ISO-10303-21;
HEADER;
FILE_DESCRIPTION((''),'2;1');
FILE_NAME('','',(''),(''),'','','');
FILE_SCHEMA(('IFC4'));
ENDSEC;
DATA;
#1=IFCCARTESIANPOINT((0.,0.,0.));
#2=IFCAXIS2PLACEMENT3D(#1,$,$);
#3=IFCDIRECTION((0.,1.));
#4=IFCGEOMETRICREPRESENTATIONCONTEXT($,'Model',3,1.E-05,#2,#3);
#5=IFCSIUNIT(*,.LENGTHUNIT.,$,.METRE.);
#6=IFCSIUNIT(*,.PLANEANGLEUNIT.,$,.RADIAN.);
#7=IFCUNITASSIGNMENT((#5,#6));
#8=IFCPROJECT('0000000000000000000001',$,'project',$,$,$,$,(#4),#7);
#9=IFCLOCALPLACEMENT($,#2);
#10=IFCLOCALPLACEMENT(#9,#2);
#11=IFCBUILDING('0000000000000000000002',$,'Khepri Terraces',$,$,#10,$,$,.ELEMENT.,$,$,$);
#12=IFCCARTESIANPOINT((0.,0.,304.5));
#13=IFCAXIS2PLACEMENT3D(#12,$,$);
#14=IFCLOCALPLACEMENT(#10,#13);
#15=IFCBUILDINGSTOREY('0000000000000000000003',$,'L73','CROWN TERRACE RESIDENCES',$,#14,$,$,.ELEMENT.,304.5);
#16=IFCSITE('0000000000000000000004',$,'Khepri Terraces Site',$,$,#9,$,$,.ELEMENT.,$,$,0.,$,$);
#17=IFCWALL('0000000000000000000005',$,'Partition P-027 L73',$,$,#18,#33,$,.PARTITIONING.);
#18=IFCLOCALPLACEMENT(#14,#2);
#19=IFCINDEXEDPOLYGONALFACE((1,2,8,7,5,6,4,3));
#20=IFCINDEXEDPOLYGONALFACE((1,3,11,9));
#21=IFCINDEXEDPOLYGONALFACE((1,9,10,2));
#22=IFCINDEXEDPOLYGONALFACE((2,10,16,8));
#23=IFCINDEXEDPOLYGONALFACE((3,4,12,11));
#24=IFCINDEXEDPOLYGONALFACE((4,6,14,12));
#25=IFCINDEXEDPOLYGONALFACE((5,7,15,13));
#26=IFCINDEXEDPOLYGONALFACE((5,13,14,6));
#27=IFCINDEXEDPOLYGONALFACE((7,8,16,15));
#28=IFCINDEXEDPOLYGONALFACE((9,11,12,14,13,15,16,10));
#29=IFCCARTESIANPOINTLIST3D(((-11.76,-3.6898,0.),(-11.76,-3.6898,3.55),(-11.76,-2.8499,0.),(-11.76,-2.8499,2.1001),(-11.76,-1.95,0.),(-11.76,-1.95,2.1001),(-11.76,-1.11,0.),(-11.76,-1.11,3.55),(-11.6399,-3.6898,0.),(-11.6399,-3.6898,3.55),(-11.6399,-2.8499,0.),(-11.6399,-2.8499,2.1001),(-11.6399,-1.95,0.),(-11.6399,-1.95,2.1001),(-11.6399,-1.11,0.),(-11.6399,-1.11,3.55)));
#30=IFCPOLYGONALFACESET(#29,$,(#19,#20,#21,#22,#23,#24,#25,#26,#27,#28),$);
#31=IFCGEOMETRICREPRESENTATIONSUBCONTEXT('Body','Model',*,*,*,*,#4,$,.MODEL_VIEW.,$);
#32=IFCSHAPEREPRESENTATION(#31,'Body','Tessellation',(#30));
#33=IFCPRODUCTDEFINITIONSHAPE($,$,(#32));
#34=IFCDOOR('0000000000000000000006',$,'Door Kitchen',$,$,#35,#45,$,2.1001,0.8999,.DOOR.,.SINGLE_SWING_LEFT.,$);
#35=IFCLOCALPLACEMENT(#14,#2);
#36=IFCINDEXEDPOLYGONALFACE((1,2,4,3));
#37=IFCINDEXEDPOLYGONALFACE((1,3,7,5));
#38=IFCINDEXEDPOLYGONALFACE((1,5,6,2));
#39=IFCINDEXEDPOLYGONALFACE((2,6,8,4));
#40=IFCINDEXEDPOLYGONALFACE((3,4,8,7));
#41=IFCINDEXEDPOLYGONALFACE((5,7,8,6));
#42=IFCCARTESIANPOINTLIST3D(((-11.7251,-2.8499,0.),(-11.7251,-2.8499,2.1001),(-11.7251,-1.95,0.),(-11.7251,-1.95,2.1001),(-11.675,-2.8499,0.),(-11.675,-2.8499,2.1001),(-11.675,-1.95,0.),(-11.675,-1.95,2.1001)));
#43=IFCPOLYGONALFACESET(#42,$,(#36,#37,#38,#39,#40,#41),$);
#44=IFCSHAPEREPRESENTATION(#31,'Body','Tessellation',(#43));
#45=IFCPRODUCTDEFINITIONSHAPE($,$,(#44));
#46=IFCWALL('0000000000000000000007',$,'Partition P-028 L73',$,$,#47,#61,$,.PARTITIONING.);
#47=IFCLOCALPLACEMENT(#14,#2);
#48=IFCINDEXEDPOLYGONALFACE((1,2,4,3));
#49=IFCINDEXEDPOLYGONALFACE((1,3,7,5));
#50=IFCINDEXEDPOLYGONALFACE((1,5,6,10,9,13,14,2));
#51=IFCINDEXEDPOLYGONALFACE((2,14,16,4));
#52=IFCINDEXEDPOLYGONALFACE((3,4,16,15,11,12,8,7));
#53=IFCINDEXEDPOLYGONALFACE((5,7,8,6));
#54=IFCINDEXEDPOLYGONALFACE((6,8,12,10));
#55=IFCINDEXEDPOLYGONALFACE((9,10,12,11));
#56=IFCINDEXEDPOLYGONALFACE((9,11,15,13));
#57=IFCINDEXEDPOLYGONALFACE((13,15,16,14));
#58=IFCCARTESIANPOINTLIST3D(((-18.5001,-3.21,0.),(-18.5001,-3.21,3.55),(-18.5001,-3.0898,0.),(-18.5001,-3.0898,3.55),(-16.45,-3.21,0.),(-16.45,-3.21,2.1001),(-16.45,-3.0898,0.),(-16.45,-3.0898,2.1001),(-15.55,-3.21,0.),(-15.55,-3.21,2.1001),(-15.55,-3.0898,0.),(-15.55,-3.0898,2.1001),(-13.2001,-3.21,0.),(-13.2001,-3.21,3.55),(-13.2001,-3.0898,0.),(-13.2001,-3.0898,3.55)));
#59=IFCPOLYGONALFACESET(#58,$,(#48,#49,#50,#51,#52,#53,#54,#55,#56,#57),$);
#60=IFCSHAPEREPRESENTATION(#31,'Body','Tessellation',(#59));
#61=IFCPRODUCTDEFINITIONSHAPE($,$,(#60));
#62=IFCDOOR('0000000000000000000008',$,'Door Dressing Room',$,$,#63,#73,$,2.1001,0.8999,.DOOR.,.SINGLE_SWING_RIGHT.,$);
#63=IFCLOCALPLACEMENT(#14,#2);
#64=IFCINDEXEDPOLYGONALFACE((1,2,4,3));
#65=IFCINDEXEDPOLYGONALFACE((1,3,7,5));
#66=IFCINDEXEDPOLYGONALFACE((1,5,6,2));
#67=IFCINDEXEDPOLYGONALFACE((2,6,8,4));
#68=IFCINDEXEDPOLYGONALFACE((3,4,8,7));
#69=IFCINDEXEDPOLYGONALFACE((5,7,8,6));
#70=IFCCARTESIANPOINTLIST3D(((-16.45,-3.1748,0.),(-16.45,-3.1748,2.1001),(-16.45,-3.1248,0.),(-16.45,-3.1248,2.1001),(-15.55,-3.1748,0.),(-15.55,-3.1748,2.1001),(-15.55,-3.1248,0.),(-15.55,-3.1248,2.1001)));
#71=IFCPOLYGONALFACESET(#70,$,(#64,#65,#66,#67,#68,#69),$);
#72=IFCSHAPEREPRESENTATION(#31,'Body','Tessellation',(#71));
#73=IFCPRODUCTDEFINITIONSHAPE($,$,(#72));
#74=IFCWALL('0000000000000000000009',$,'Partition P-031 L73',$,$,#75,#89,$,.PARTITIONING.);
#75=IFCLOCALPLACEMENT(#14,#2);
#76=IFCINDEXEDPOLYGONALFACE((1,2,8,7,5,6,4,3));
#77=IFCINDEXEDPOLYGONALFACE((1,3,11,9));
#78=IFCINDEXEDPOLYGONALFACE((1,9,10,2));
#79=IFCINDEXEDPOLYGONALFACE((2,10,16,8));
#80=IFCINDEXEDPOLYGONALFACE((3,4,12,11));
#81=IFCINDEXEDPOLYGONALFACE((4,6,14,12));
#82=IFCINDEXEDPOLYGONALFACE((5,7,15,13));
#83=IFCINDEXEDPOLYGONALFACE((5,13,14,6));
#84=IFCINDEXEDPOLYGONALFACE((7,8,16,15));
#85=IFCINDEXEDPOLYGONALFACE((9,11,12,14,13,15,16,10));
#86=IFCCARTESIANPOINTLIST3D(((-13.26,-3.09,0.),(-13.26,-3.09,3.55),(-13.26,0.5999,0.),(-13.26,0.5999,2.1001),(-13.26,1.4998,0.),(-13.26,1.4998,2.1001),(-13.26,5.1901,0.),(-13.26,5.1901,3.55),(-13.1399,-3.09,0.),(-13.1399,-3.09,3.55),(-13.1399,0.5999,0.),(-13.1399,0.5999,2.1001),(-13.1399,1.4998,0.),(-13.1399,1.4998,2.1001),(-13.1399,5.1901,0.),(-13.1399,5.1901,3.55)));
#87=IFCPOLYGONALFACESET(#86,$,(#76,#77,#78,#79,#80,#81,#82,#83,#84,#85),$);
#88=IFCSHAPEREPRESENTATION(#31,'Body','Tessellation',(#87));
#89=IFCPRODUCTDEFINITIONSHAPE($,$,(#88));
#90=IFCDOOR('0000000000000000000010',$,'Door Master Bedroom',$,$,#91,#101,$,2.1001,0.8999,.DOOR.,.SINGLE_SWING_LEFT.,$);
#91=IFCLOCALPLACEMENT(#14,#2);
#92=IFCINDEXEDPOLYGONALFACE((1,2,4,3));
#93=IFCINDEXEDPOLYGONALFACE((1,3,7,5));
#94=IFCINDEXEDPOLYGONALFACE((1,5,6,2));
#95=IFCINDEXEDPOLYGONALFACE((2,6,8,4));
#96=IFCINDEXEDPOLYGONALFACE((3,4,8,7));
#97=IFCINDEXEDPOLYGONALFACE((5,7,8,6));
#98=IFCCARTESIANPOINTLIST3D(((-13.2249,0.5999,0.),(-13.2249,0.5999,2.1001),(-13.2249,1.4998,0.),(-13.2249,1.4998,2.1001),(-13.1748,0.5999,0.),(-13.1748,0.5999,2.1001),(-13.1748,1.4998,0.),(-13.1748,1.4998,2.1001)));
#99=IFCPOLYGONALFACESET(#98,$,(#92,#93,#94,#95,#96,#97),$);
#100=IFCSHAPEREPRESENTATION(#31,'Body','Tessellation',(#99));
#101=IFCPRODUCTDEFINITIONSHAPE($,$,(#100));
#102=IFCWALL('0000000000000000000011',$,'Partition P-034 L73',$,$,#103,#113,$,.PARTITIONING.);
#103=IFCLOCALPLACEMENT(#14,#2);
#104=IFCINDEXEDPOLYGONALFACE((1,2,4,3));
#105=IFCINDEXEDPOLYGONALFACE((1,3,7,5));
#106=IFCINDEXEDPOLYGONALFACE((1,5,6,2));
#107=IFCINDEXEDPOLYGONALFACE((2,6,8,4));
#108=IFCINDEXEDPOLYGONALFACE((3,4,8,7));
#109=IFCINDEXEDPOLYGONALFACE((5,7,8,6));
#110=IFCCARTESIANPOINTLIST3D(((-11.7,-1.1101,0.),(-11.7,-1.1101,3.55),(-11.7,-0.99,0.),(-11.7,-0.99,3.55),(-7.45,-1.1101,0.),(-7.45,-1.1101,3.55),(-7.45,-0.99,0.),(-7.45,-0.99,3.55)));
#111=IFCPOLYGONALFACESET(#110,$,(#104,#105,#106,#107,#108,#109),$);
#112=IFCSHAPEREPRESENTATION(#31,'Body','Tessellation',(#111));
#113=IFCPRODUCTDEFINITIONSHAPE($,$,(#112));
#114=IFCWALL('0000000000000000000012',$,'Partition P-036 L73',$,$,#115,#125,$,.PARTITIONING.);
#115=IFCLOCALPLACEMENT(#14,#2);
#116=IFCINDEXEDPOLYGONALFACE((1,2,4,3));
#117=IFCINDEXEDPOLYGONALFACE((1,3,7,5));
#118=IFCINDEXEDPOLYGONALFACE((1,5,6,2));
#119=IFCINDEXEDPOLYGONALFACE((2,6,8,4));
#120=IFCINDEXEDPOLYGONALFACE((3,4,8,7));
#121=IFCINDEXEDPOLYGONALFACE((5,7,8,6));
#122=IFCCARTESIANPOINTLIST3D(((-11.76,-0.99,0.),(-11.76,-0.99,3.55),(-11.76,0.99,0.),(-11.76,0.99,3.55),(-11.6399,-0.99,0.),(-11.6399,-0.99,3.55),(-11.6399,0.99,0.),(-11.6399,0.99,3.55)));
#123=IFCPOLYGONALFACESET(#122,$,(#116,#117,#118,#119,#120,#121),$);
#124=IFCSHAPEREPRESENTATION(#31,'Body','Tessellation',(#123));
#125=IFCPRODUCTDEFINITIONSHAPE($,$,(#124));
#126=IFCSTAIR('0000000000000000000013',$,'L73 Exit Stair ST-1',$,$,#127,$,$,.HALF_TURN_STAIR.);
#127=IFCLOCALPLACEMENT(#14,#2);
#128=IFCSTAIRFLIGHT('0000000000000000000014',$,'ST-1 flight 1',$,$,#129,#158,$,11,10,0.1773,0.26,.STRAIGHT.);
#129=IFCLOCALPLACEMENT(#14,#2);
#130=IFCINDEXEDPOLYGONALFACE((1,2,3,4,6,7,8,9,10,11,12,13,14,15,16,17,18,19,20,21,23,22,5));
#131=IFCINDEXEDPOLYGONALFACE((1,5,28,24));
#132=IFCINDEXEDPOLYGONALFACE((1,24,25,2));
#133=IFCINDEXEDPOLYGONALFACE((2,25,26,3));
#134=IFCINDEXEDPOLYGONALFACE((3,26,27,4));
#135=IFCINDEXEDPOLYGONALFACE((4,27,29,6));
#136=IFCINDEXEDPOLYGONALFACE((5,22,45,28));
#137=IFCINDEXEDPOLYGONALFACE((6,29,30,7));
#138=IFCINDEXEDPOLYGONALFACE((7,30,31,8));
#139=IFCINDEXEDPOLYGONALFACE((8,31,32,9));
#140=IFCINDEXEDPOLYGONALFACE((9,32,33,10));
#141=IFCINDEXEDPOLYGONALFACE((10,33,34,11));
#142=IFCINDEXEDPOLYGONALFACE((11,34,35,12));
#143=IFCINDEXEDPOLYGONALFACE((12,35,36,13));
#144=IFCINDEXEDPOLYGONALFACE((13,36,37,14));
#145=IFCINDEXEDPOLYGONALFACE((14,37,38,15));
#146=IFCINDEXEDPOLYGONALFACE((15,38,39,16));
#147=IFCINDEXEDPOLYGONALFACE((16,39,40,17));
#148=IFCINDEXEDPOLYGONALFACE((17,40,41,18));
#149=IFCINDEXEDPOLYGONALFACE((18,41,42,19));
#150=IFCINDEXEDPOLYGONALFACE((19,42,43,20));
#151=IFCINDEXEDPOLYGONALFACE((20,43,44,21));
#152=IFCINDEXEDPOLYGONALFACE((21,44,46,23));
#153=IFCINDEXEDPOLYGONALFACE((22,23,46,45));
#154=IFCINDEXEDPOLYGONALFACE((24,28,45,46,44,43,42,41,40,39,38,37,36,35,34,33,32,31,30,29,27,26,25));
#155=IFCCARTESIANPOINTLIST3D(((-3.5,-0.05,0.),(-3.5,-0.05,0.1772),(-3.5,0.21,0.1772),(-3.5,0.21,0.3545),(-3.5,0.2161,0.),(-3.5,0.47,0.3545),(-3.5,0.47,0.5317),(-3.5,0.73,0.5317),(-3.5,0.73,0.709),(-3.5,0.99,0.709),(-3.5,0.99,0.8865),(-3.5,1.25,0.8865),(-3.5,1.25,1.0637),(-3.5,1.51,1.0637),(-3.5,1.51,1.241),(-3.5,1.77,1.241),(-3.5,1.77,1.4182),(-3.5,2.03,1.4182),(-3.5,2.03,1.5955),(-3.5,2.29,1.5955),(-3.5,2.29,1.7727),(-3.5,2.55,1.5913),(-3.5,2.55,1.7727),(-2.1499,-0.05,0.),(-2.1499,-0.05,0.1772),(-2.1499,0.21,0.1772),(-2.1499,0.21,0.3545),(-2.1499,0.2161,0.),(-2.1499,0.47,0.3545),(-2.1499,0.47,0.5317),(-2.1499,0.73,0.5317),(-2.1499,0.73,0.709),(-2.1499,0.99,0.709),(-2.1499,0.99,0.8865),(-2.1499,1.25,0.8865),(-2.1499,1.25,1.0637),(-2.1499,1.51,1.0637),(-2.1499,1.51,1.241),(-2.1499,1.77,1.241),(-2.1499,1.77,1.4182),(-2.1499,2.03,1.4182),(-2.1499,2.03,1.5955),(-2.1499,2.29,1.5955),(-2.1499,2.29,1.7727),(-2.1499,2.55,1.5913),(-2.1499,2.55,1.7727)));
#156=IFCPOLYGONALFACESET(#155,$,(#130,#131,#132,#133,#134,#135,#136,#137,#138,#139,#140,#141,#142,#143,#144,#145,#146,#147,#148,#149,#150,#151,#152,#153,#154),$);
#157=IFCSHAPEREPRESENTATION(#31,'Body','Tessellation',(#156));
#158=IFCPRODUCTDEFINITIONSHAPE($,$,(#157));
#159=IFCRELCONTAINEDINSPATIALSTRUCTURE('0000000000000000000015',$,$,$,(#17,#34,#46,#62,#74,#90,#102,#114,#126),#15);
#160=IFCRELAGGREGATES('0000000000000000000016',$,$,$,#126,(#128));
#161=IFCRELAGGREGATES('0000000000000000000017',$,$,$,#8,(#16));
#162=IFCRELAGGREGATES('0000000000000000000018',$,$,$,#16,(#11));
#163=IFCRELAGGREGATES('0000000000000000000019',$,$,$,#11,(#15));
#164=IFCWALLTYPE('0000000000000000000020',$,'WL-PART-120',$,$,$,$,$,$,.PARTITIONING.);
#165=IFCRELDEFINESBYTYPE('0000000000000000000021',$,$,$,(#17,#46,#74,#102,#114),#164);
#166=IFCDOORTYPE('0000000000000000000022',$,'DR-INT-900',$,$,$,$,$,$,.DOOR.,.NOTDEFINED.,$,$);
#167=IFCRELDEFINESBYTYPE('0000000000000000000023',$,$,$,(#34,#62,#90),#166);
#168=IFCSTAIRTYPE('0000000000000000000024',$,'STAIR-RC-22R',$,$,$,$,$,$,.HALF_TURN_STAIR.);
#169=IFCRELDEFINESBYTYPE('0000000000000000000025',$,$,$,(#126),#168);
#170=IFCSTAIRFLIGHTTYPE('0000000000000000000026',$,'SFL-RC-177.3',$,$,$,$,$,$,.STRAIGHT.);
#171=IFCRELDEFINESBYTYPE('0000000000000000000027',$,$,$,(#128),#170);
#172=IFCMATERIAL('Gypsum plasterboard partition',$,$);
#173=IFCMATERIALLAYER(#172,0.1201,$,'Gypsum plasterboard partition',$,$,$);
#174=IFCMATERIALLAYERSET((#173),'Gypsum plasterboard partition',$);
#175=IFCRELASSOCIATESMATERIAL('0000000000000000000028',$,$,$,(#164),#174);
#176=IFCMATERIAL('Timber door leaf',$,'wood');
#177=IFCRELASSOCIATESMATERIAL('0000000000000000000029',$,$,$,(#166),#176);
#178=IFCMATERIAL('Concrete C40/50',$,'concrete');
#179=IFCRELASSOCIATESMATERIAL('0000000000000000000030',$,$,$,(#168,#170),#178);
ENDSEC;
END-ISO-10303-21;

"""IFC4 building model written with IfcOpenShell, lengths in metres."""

from ifc_helpers import new_model, si_unit, direction, frame, frame_2d, origin, place, context, subcontext, project, spatial, polyline, rectangle, outline, extrude, material, layer, layer_set, type_object, element, fill, aggregate, save


model = new_model("IFC4")

# Units and contexts
model_context = context("Model", 3, precision=1e-05, world=origin(), true_north=direction((0.0, 1.0)))
body_context = subcontext(model_context, "Body", "Model", "MODEL_VIEW")
ifc_project = project(units=[si_unit("LENGTHUNIT", "METRE"), si_unit("PLANEANGLEUNIT", "RADIAN")], contexts=[model_context])

# Site, building, storey
site_placement = place(None, origin())
site = spatial("IfcSite", under=ifc_project, at=site_placement, Name="Khepri Terraces Site", CompositionType="ELEMENT", RefElevation=0.0)
building_placement = place(site_placement, origin())
building = spatial("IfcBuilding", under=site, at=building_placement, Name="Khepri Terraces", CompositionType="ELEMENT")
storey_placement = place(building_placement, frame((0.0, 0.0, 304.5)))
storey = spatial("IfcBuildingStorey", under=building, at=storey_placement, Name="L73", Description="CROWN TERRACE RESIDENCES", CompositionType="ELEMENT", Elevation=304.5)

# Shared definitions
ifc_material_1 = material(Name="Concrete C40/50", Category="concrete")

# Shared definitions
ifc_material_2 = material(Name="Gypsum plasterboard partition")
ifc_layer_1 = layer(ifc_material_2, 0.1201, Name="Gypsum plasterboard partition")
ifc_layer_set_1 = layer_set([ifc_layer_1], Name="Gypsum plasterboard partition")
wall_type_1 = type_object("IfcWallType", Name="WL-PART-120", PredefinedType="PARTITIONING", material=ifc_layer_set_1)

# Walls, openings, doors
wall_1_placement = place(storey_placement, frame((-11.7, -3.6899, 0.0), z_axis=(0.0, 0.0, 1.0), x_axis=(0.0, 1.0, 0.0)))
wall_1 = element("IfcWall", 1, at=wall_1_placement, inside=storey, type_object=wall_type_1, Name="Partition P-027 L73", PredefinedType="PARTITIONING", context=body_context, shape_type="SweptSolid", body=[
    extrude(rectangle(XDim=2.5798, YDim=0.1201, at=frame_2d((1.29, 0.0))), origin(), (0.0, 0.0, 1.0), 3.55),
])
opening_1_placement = place(wall_1_placement, frame((0.8401, 0.0, 0.0)))
opening_1 = element("IfcOpeningElement", 2, at=opening_1_placement, cuts=wall_1, PredefinedType="OPENING", context=body_context, shape_type="SweptSolid", body=[
    extrude(rectangle(XDim=0.8999, YDim=2.1001, at=frame_2d((0.45, 1.05))), frame((0.0, 0.0701, 0.0), z_axis=(0.0, -1.0, 0.0), x_axis=(1.0, 0.0, 0.0)), (0.0, 0.0, 1.0), 0.1401),
])
ifc_material_3 = material(Name="Timber door leaf", Category="wood")
door_type_1 = type_object("IfcDoorType", Name="DR-INT-900", OperationType="NOTDEFINED", PredefinedType="DOOR", material=ifc_material_3)
door_1_placement = place(opening_1_placement, frame((0.8999, 0.0, 0.0), z_axis=(0.0, 0.0, 1.0), x_axis=(-1.0, 0.0, 0.0)))
door_1 = element("IfcDoor", 3, at=door_1_placement, inside=storey, type_object=door_type_1, Name="Door Kitchen", OperationType="SINGLE_SWING_LEFT", OverallHeight=2.1001, OverallWidth=0.8999, PredefinedType="DOOR", context=body_context, shape_type="SweptSolid", body=[
    extrude(rectangle(XDim=0.8999, YDim=2.1001, at=frame_2d((0.45, 1.05))), frame((0.0, 0.0249, 0.0), z_axis=(0.0, -1.0, 0.0), x_axis=(1.0, 0.0, 0.0)), (0.0, 0.0, 1.0), 0.05),
])
fill(opening_1, door_1)
wall_2_placement = place(storey_placement, frame((-18.5, -3.1499, 0.0), z_axis=(0.0, 0.0, 1.0), x_axis=(1.0, 0.0, 0.0)))
wall_2 = element("IfcWall", 4, at=wall_2_placement, inside=storey, type_object=wall_type_1, Name="Partition P-028 L73", PredefinedType="PARTITIONING", context=body_context, shape_type="SweptSolid", body=[
    extrude(rectangle(XDim=5.3, YDim=0.1201, at=frame_2d((2.6499, 0.0))), origin(), (0.0, 0.0, 1.0), 3.55),
])
opening_2_placement = place(wall_2_placement, frame((2.05, 0.0, 0.0)))
opening_2 = element("IfcOpeningElement", 5, at=opening_2_placement, cuts=wall_2, PredefinedType="OPENING", context=body_context, shape_type="SweptSolid", body=[
    extrude(rectangle(XDim=0.8999, YDim=2.1001, at=frame_2d((0.45, 1.05))), frame((0.0, 0.0701, 0.0), z_axis=(0.0, -1.0, 0.0), x_axis=(1.0, 0.0, 0.0)), (0.0, 0.0, 1.0), 0.1401),
])
door_2_placement = place(opening_2_placement, frame((0.8999, 0.0, 0.0), z_axis=(0.0, 0.0, 1.0), x_axis=(-1.0, 0.0, 0.0)))
door_2 = element("IfcDoor", 6, at=door_2_placement, inside=storey, type_object=door_type_1, Name="Door Dressing Room", OperationType="SINGLE_SWING_RIGHT", OverallHeight=2.1001, OverallWidth=0.8999, PredefinedType="DOOR", context=body_context, shape_type="SweptSolid", body=[
    extrude(rectangle(XDim=0.8999, YDim=2.1001, at=frame_2d((0.45, 1.05))), frame((0.0, 0.0249, 0.0), z_axis=(0.0, -1.0, 0.0), x_axis=(1.0, 0.0, 0.0)), (0.0, 0.0, 1.0), 0.05),
])
fill(opening_2, door_2)
wall_3_placement = place(storey_placement, frame((-13.2, -3.0901, 0.0), z_axis=(0.0, 0.0, 1.0), x_axis=(0.0, 1.0, 0.0)))
wall_3 = element("IfcWall", 7, at=wall_3_placement, inside=storey, type_object=wall_type_1, Name="Partition P-031 L73", PredefinedType="PARTITIONING", context=body_context, shape_type="SweptSolid", body=[
    extrude(rectangle(XDim=8.28, YDim=0.1201, at=frame_2d((4.1401, 0.0))), origin(), (0.0, 0.0, 1.0), 3.55),
])
opening_3_placement = place(wall_3_placement, frame((3.6899, 0.0, 0.0)))
opening_3 = element("IfcOpeningElement", 8, at=opening_3_placement, cuts=wall_3, PredefinedType="OPENING", context=body_context, shape_type="SweptSolid", body=[
    extrude(rectangle(XDim=0.8999, YDim=2.1001, at=frame_2d((0.45, 1.05))), frame((0.0, 0.0701, 0.0), z_axis=(0.0, -1.0, 0.0), x_axis=(1.0, 0.0, 0.0)), (0.0, 0.0, 1.0), 0.1401),
])
door_3_placement = place(opening_3_placement, origin())
door_3 = element("IfcDoor", 9, at=door_3_placement, inside=storey, type_object=door_type_1, Name="Door Master Bedroom", OperationType="SINGLE_SWING_LEFT", OverallHeight=2.1001, OverallWidth=0.8999, PredefinedType="DOOR", context=body_context, shape_type="SweptSolid", body=[
    extrude(rectangle(XDim=0.8999, YDim=2.1001, at=frame_2d((0.45, 1.05))), frame((0.0, 0.0249, 0.0), z_axis=(0.0, -1.0, 0.0), x_axis=(1.0, 0.0, 0.0)), (0.0, 0.0, 1.0), 0.05),
])
fill(opening_3, door_3)

# Walls
wall_4_placement = place(storey_placement, frame((-11.7, -1.05, 0.0), z_axis=(0.0, 0.0, 1.0), x_axis=(1.0, 0.0, 0.0)))
element("IfcWall", 10, at=wall_4_placement, inside=storey, type_object=wall_type_1, Name="Partition P-034 L73", PredefinedType="PARTITIONING", context=body_context, shape_type="SweptSolid", body=[
    extrude(rectangle(XDim=4.25, YDim=0.1201, at=frame_2d((2.125, 0.0))), origin(), (0.0, 0.0, 1.0), 3.55),
])
wall_5_placement = place(storey_placement, frame((-11.7, -0.99, 0.0), z_axis=(0.0, 0.0, 1.0), x_axis=(0.0, 1.0, 0.0)))
element("IfcWall", 11, at=wall_5_placement, inside=storey, type_object=wall_type_1, Name="Partition P-036 L73", PredefinedType="PARTITIONING", context=body_context, shape_type="SweptSolid", body=[
    extrude(rectangle(XDim=1.98, YDim=0.1201, at=frame_2d((0.99, 0.0))), origin(), (0.0, 0.0, 1.0), 3.55),
])

# Stair, stair flight
stair_type = type_object("IfcStairType", Name="STAIR-RC-22R", PredefinedType="HALF_TURN_STAIR", material=ifc_material_1)
stair_placement = place(storey_placement, origin())
stair = element("IfcStair", 12, at=stair_placement, inside=storey, type_object=stair_type, Name="L73 Exit Stair ST-1", PredefinedType="HALF_TURN_STAIR")
stair_flight_type = type_object("IfcStairFlightType", Name="SFL-RC-177.3", PredefinedType="STRAIGHT", material=ifc_material_1)
stair_flight_placement = place(storey_placement, frame((-2.825, -0.05, 0.0), z_axis=(0.0, 0.0, 1.0), x_axis=(0.0, 1.0, 0.0)))
stair_flight = element("IfcStairFlight", 13, at=stair_flight_placement, type_object=stair_flight_type, Name="ST-1 flight 1", NumberOfRisers=11, NumberOfTreads=10, PredefinedType="STRAIGHT", RiserHeight=0.1773, TreadLength=0.26, context=body_context, shape_type="SweptSolid", body=[
    extrude(outline(polyline([(0.0, 0.0), (0.0, 0.1772), (0.26, 0.1772), (0.26, 0.3545), (0.52, 0.3545), (0.52, 0.5317), (0.78, 0.5317), (0.78, 0.709), (1.04, 0.709), (1.04, 0.8865), (1.3, 0.8865), (1.3, 1.0637), (1.5601, 1.0637), (1.5601, 1.241), (1.8201, 1.241), (1.8201, 1.4182), (2.0801, 1.4182), (2.0801, 1.5955), (2.3401, 1.5955), (2.3401, 1.7727), (2.6001, 1.7727), (2.6001, 1.95), (2.6001, 1.5913), (0.2661, 0.0), (0.0, 0.0)])), frame((0.0, 0.675, 0.0), z_axis=(0.0, -1.0, 0.0), x_axis=(1.0, 0.0, 0.0)), (0.0, 0.0, 1.0), 1.3501),
])
aggregate(stair, [stair_flight])

save(model, "model.ifc")
